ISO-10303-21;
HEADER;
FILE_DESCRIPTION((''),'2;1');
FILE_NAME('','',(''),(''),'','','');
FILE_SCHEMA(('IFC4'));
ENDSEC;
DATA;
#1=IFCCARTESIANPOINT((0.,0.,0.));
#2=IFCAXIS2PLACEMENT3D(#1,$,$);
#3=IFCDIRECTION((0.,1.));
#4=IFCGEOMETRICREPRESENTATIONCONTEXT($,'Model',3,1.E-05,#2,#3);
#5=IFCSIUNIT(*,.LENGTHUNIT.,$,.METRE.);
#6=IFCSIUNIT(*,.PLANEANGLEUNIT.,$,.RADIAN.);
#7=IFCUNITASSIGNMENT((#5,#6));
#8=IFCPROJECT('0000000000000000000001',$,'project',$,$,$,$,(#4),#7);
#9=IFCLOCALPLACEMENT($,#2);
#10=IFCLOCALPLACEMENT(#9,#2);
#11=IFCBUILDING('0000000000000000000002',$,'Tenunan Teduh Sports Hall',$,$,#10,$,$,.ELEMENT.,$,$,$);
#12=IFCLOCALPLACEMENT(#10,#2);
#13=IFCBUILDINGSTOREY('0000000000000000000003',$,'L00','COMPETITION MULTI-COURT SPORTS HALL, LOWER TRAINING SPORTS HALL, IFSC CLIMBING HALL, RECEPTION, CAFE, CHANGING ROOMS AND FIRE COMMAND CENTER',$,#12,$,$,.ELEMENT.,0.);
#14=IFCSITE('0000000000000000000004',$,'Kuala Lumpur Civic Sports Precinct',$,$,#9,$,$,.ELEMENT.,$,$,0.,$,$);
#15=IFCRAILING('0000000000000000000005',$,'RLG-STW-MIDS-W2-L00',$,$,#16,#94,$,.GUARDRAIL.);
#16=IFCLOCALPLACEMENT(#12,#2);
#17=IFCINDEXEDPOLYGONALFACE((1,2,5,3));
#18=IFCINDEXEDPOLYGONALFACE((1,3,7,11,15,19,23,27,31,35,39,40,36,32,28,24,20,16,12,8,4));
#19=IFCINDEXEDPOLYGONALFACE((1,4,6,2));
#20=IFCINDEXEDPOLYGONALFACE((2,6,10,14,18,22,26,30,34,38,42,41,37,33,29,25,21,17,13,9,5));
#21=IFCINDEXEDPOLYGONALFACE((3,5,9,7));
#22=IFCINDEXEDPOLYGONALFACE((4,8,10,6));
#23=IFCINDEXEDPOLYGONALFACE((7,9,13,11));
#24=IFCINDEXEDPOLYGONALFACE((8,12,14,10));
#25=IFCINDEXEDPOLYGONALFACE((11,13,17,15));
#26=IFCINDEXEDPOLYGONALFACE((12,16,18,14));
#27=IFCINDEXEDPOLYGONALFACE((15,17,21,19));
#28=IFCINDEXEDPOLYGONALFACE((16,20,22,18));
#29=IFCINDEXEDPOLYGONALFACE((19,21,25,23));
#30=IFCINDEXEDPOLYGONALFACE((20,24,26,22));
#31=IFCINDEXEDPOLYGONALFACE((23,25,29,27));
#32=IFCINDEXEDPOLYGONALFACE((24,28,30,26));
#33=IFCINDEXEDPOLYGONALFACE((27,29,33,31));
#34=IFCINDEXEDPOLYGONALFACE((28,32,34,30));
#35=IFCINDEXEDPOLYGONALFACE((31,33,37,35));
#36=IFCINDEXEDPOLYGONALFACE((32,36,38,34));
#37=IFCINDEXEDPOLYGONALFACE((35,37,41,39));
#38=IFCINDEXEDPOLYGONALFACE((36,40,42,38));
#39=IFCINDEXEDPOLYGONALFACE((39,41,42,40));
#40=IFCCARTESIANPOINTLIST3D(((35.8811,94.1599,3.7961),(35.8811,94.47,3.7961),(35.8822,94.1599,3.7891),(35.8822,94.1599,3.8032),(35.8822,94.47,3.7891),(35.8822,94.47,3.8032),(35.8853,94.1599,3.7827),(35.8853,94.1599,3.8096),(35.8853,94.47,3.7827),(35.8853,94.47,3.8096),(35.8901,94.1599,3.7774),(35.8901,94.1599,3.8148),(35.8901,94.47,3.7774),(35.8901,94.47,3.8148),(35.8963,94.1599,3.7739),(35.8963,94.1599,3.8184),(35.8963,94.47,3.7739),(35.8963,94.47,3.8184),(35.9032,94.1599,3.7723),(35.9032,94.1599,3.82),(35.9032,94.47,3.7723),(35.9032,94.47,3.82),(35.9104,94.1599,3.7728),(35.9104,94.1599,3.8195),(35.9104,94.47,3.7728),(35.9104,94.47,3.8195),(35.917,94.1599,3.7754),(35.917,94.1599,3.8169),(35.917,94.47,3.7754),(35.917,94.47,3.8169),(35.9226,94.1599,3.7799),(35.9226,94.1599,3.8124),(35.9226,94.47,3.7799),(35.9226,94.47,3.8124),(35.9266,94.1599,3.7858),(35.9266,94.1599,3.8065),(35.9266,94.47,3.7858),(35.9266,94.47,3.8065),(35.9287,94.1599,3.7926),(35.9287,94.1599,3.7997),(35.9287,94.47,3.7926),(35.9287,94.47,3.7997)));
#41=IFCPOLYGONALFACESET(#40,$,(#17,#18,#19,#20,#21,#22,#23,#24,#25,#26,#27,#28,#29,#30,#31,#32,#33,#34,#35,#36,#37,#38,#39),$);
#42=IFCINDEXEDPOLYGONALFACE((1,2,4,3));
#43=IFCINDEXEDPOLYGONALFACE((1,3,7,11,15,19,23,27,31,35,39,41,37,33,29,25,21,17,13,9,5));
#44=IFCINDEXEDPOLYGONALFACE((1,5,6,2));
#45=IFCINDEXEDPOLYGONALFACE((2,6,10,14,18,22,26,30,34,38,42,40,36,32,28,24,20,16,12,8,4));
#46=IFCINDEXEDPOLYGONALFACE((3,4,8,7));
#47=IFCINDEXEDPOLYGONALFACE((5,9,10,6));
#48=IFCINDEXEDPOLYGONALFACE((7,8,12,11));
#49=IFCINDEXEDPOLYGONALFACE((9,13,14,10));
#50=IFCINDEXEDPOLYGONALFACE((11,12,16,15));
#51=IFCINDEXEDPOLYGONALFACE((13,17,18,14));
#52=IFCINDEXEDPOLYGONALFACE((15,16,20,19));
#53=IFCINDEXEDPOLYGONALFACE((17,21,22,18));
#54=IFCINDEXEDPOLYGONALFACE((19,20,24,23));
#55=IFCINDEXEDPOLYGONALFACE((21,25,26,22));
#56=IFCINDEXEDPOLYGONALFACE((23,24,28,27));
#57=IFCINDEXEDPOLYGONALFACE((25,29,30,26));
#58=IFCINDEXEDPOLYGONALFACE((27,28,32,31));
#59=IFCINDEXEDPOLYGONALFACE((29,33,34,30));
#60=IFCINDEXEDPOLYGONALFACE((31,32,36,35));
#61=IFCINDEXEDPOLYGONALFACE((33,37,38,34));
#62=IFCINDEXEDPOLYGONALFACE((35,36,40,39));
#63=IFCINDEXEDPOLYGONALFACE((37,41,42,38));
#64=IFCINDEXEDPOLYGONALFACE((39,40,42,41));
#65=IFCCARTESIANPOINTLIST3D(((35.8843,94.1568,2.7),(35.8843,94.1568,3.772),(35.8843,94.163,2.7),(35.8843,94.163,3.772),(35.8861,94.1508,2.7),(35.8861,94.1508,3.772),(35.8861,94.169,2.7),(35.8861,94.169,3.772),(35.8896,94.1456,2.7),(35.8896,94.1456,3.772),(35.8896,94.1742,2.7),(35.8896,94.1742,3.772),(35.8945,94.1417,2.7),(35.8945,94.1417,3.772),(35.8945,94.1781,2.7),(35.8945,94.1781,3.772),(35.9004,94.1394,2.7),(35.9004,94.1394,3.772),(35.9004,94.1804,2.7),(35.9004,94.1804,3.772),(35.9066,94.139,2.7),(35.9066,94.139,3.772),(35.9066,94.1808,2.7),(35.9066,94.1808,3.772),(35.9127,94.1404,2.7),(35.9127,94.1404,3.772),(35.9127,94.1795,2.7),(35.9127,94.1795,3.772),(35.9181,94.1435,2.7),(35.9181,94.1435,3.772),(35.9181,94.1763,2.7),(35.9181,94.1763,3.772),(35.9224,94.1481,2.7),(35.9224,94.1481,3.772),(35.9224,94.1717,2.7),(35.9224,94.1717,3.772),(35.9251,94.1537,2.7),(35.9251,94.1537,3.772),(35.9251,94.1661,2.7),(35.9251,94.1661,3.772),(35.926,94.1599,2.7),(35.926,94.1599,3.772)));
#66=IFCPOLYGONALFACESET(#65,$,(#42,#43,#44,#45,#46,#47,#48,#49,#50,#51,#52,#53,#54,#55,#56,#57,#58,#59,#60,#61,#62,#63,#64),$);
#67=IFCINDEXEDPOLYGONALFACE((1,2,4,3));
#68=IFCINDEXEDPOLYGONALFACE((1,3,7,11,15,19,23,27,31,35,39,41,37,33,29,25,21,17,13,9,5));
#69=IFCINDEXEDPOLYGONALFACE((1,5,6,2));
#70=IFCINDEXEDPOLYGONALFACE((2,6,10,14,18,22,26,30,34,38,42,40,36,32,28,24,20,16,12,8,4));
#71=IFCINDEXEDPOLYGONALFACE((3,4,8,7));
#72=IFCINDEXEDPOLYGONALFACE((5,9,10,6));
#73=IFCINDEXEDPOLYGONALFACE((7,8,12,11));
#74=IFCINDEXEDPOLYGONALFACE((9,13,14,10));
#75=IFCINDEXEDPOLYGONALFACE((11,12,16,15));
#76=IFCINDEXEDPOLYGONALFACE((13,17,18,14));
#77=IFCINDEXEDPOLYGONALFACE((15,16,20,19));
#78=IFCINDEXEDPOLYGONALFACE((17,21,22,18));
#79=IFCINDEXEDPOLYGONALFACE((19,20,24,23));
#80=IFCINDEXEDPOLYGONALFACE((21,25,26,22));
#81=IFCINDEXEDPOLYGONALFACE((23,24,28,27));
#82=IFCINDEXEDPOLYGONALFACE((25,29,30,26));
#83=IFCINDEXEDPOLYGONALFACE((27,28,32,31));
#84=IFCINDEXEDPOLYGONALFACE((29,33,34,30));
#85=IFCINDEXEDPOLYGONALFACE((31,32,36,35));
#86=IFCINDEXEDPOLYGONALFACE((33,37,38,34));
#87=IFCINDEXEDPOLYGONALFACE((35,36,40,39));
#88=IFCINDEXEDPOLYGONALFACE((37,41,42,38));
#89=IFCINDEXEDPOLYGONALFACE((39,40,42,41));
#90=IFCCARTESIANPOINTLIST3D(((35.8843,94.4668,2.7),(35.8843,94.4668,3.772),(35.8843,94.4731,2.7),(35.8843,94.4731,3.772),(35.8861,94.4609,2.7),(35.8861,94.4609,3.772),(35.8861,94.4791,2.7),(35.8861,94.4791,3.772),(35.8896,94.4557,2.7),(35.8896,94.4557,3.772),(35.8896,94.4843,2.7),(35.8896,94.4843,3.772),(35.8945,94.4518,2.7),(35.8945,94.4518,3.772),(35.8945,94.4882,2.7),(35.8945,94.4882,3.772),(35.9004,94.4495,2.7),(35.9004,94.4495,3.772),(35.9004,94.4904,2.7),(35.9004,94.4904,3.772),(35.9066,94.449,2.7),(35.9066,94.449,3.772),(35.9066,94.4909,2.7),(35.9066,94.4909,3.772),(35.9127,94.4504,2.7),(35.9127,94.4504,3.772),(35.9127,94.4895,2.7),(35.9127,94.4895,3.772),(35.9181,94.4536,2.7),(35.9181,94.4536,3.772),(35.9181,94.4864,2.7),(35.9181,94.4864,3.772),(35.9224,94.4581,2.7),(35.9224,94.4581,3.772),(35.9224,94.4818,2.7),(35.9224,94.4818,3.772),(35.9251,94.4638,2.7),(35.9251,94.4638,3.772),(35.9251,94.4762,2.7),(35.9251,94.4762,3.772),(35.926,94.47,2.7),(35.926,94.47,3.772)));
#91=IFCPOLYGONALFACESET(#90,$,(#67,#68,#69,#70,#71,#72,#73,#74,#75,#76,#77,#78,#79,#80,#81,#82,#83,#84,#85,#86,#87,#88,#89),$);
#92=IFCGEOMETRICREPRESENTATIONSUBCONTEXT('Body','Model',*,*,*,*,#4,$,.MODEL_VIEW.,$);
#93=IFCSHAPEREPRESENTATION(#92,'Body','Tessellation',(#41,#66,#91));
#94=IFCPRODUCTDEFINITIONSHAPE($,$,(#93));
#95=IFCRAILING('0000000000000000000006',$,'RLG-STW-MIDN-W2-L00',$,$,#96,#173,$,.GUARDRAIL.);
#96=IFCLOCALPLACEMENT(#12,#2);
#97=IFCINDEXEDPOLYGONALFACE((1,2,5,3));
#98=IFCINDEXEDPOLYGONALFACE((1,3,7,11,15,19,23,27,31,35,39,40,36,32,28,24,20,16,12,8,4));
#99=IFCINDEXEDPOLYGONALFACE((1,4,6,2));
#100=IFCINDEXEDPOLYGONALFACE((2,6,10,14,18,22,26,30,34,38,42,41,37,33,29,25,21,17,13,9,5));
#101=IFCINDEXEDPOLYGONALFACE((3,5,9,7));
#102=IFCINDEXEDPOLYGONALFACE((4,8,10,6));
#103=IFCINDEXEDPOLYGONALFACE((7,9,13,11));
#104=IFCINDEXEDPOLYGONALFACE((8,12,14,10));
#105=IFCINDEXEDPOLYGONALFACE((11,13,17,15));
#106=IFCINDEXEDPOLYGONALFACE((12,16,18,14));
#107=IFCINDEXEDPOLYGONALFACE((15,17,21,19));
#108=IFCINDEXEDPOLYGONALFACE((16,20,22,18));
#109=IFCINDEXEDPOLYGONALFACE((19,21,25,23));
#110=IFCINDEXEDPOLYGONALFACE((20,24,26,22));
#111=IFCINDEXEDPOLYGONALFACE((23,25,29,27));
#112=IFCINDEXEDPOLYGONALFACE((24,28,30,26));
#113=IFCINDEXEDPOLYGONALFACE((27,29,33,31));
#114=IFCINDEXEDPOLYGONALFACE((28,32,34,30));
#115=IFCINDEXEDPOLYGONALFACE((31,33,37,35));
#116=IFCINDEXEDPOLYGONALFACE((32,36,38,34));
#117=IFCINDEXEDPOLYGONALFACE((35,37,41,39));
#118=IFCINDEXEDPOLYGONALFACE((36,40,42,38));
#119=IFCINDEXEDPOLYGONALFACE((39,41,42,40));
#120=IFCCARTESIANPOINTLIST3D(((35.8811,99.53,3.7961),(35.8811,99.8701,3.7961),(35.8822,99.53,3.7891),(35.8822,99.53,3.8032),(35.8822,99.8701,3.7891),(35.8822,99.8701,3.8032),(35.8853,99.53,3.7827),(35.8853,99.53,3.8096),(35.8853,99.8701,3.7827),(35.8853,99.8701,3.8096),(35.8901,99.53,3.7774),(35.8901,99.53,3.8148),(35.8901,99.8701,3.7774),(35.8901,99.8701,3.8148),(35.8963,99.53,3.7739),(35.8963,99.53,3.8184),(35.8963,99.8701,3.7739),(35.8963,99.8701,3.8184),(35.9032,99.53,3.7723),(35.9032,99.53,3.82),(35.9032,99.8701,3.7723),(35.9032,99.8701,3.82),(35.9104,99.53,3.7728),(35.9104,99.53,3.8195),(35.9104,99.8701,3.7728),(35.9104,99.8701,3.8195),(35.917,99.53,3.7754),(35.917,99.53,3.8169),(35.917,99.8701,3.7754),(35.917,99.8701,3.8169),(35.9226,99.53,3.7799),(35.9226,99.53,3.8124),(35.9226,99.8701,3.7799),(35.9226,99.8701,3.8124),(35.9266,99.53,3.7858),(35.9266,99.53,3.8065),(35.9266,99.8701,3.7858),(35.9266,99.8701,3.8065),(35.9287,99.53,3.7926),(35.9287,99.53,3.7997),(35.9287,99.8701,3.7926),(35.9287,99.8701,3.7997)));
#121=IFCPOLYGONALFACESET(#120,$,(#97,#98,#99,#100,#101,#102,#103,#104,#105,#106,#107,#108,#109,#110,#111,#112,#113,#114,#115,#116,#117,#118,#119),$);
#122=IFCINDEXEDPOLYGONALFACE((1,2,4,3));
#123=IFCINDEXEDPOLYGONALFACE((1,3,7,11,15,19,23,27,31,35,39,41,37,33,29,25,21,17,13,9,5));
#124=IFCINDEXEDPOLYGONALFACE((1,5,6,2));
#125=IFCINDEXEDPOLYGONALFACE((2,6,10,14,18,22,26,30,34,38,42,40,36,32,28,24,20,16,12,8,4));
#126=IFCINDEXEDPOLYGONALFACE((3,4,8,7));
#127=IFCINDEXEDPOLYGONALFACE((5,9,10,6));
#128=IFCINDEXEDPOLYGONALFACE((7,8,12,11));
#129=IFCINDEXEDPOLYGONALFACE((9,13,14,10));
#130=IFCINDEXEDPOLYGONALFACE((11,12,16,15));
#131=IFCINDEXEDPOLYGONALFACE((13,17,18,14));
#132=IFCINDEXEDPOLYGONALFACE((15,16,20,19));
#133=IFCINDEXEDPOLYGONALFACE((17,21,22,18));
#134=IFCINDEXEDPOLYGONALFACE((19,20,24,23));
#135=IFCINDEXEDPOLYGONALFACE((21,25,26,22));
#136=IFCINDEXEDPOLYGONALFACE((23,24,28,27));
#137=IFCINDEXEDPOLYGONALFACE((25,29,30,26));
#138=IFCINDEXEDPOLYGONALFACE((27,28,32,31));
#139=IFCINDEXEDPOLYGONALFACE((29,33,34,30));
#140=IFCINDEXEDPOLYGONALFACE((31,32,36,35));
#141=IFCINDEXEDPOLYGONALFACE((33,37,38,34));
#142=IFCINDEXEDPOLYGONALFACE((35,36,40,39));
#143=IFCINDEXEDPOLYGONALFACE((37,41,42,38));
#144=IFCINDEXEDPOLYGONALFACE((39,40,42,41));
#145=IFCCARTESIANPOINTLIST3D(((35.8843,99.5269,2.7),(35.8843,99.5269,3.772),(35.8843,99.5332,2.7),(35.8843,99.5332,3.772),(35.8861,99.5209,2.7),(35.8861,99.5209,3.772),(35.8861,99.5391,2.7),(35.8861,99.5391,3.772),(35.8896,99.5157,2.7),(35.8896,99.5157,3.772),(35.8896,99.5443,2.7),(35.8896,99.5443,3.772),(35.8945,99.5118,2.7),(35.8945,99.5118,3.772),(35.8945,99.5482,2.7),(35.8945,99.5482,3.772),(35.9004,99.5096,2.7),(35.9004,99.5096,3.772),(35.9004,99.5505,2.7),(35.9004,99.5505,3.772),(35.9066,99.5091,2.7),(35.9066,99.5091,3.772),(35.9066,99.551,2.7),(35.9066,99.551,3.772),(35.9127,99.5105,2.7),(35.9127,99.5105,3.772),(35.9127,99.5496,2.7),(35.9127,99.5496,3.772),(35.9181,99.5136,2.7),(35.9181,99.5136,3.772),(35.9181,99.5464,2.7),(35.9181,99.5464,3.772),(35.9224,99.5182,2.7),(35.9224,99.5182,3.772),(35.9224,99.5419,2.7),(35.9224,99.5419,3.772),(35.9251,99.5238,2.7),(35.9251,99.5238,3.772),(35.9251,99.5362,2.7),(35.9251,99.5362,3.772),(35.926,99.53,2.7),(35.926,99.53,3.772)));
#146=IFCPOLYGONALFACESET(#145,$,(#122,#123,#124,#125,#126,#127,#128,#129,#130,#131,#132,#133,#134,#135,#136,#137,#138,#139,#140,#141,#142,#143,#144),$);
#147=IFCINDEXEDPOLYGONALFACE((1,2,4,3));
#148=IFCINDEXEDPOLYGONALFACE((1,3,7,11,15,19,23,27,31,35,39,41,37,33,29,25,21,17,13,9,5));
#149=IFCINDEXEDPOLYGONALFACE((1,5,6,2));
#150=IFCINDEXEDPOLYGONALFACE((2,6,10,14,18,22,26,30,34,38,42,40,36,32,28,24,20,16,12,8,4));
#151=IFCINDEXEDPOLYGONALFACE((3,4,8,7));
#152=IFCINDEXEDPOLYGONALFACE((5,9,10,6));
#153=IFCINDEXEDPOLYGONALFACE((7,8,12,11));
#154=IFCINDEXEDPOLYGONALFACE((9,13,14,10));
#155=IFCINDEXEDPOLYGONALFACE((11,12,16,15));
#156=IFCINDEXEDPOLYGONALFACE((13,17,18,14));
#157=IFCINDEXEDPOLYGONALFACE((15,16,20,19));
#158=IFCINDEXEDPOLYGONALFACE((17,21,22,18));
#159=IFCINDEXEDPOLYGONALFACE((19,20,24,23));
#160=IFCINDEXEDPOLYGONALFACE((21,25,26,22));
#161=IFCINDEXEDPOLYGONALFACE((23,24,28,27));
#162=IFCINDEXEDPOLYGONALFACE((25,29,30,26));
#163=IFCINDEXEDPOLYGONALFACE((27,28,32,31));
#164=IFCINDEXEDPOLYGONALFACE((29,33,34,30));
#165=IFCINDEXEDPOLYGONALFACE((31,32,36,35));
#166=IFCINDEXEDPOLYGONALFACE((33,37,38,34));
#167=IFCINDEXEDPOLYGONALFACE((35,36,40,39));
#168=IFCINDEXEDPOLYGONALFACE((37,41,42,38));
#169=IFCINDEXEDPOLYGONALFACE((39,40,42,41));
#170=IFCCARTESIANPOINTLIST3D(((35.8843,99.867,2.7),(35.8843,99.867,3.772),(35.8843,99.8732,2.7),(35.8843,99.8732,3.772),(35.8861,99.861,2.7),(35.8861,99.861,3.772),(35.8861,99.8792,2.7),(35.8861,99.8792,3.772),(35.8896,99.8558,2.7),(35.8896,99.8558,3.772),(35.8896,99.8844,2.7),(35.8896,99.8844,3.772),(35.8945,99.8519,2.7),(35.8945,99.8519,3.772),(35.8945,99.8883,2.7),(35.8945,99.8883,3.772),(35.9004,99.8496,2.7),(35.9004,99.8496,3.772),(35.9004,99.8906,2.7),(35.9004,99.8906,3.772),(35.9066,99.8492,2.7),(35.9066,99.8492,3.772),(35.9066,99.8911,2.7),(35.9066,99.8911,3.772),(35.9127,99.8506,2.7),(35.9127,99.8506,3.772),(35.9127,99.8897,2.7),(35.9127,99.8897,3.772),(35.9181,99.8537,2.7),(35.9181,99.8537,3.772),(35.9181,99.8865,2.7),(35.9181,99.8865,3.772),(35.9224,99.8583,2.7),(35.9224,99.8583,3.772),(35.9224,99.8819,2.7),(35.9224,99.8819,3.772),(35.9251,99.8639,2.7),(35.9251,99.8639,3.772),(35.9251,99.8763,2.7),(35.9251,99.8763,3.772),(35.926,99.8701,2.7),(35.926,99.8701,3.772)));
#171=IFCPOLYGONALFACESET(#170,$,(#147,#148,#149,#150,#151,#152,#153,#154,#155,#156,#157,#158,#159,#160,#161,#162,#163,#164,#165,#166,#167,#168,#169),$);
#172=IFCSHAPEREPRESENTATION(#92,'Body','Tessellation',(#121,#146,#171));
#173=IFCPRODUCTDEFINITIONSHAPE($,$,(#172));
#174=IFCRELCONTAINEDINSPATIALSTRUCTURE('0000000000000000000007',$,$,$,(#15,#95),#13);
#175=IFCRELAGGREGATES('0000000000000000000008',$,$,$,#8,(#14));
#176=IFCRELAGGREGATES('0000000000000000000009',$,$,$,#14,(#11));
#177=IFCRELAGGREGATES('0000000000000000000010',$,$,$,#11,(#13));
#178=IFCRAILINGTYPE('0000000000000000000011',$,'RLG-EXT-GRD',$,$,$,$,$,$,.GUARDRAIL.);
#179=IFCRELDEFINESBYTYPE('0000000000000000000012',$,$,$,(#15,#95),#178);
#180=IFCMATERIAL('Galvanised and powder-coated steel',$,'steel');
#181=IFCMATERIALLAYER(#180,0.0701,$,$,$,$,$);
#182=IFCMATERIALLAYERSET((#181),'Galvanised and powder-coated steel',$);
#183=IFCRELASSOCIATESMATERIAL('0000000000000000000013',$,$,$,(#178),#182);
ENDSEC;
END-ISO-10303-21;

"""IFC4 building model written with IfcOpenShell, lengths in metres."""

from ifc_helpers import new_model, si_unit, direction, frame, origin, origin_2d, place, context, subcontext, project, spatial, circle, extrude, material, layer, layer_set, type_object, element, save


model = new_model("IFC4")

# Units and contexts
model_context = context("Model", 3, precision=1e-05, world=origin(), true_north=direction((0.0, 1.0)))
body_context = subcontext(model_context, "Body", "Model", "MODEL_VIEW")
ifc_project = project(units=[si_unit("LENGTHUNIT", "METRE"), si_unit("PLANEANGLEUNIT", "RADIAN")], contexts=[model_context])

# Site, building, storey
site_placement = place(None, origin())
site = spatial("IfcSite", under=ifc_project, at=site_placement, Name="Kuala Lumpur Civic Sports Precinct", CompositionType="ELEMENT", RefElevation=0.0)
building_placement = place(site_placement, origin())
building = spatial("IfcBuilding", under=site, at=building_placement, Name="Tenunan Teduh Sports Hall", CompositionType="ELEMENT")
storey_placement = place(building_placement, origin())
storey = spatial("IfcBuildingStorey", under=building, at=storey_placement, Name="L00", Description="COMPETITION MULTI-COURT SPORTS HALL, LOWER TRAINING SPORTS HALL, IFSC CLIMBING HALL, RECEPTION, CAFE, CHANGING ROOMS AND FIRE COMMAND CENTER", CompositionType="ELEMENT", Elevation=0.0)

# Railings
ifc_material_1 = material(Name="Galvanised and powder-coated steel", Category="steel")
ifc_layer_1 = layer(ifc_material_1, 0.0701)
ifc_layer_set_1 = layer_set([ifc_layer_1], Name="Galvanised and powder-coated steel")
railing_type_1 = type_object("IfcRailingType", Name="RLG-EXT-GRD", PredefinedType="GUARDRAIL", material=ifc_layer_set_1)
railing_1_placement = place(storey_placement, frame((35.905, 94.1599, 2.7)))
element("IfcRailing", 1, at=railing_1_placement, inside=storey, type_object=railing_type_1, Name="RLG-STW-MIDS-W2-L00", PredefinedType="GUARDRAIL", context=body_context, shape_type="SweptSolid", body=[
    extrude(circle(Radius=0.0239, at=origin_2d()), frame((0.0, 0.0, 1.0962), z_axis=(0.0, 1.0, 0.0), x_axis=(-1.0, 0.0, 0.0)), (0.0, 0.0, 1.0), 0.3101),
    extrude(circle(Radius=0.021, at=origin_2d()), origin(), (0.0, 0.0, 1.0), 1.072),
    extrude(circle(Radius=0.021, at=origin_2d()), frame((0.0, 0.3101, 0.0)), (0.0, 0.0, 1.0), 1.072),
])
railing_2_placement = place(storey_placement, frame((35.905, 99.53, 2.7)))
element("IfcRailing", 2, at=railing_2_placement, inside=storey, type_object=railing_type_1, Name="RLG-STW-MIDN-W2-L00", PredefinedType="GUARDRAIL", context=body_context, shape_type="SweptSolid", body=[
    extrude(circle(Radius=0.0239, at=origin_2d()), frame((0.0, 0.0, 1.0962), z_axis=(0.0, 1.0, 0.0), x_axis=(-1.0, 0.0, 0.0)), (0.0, 0.0, 1.0), 0.3401),
    extrude(circle(Radius=0.021, at=origin_2d()), origin(), (0.0, 0.0, 1.0), 1.072),
    extrude(circle(Radius=0.021, at=origin_2d()), frame((0.0, 0.3401, 0.0)), (0.0, 0.0, 1.0), 1.072),
])

save(model, "model.ifc")
